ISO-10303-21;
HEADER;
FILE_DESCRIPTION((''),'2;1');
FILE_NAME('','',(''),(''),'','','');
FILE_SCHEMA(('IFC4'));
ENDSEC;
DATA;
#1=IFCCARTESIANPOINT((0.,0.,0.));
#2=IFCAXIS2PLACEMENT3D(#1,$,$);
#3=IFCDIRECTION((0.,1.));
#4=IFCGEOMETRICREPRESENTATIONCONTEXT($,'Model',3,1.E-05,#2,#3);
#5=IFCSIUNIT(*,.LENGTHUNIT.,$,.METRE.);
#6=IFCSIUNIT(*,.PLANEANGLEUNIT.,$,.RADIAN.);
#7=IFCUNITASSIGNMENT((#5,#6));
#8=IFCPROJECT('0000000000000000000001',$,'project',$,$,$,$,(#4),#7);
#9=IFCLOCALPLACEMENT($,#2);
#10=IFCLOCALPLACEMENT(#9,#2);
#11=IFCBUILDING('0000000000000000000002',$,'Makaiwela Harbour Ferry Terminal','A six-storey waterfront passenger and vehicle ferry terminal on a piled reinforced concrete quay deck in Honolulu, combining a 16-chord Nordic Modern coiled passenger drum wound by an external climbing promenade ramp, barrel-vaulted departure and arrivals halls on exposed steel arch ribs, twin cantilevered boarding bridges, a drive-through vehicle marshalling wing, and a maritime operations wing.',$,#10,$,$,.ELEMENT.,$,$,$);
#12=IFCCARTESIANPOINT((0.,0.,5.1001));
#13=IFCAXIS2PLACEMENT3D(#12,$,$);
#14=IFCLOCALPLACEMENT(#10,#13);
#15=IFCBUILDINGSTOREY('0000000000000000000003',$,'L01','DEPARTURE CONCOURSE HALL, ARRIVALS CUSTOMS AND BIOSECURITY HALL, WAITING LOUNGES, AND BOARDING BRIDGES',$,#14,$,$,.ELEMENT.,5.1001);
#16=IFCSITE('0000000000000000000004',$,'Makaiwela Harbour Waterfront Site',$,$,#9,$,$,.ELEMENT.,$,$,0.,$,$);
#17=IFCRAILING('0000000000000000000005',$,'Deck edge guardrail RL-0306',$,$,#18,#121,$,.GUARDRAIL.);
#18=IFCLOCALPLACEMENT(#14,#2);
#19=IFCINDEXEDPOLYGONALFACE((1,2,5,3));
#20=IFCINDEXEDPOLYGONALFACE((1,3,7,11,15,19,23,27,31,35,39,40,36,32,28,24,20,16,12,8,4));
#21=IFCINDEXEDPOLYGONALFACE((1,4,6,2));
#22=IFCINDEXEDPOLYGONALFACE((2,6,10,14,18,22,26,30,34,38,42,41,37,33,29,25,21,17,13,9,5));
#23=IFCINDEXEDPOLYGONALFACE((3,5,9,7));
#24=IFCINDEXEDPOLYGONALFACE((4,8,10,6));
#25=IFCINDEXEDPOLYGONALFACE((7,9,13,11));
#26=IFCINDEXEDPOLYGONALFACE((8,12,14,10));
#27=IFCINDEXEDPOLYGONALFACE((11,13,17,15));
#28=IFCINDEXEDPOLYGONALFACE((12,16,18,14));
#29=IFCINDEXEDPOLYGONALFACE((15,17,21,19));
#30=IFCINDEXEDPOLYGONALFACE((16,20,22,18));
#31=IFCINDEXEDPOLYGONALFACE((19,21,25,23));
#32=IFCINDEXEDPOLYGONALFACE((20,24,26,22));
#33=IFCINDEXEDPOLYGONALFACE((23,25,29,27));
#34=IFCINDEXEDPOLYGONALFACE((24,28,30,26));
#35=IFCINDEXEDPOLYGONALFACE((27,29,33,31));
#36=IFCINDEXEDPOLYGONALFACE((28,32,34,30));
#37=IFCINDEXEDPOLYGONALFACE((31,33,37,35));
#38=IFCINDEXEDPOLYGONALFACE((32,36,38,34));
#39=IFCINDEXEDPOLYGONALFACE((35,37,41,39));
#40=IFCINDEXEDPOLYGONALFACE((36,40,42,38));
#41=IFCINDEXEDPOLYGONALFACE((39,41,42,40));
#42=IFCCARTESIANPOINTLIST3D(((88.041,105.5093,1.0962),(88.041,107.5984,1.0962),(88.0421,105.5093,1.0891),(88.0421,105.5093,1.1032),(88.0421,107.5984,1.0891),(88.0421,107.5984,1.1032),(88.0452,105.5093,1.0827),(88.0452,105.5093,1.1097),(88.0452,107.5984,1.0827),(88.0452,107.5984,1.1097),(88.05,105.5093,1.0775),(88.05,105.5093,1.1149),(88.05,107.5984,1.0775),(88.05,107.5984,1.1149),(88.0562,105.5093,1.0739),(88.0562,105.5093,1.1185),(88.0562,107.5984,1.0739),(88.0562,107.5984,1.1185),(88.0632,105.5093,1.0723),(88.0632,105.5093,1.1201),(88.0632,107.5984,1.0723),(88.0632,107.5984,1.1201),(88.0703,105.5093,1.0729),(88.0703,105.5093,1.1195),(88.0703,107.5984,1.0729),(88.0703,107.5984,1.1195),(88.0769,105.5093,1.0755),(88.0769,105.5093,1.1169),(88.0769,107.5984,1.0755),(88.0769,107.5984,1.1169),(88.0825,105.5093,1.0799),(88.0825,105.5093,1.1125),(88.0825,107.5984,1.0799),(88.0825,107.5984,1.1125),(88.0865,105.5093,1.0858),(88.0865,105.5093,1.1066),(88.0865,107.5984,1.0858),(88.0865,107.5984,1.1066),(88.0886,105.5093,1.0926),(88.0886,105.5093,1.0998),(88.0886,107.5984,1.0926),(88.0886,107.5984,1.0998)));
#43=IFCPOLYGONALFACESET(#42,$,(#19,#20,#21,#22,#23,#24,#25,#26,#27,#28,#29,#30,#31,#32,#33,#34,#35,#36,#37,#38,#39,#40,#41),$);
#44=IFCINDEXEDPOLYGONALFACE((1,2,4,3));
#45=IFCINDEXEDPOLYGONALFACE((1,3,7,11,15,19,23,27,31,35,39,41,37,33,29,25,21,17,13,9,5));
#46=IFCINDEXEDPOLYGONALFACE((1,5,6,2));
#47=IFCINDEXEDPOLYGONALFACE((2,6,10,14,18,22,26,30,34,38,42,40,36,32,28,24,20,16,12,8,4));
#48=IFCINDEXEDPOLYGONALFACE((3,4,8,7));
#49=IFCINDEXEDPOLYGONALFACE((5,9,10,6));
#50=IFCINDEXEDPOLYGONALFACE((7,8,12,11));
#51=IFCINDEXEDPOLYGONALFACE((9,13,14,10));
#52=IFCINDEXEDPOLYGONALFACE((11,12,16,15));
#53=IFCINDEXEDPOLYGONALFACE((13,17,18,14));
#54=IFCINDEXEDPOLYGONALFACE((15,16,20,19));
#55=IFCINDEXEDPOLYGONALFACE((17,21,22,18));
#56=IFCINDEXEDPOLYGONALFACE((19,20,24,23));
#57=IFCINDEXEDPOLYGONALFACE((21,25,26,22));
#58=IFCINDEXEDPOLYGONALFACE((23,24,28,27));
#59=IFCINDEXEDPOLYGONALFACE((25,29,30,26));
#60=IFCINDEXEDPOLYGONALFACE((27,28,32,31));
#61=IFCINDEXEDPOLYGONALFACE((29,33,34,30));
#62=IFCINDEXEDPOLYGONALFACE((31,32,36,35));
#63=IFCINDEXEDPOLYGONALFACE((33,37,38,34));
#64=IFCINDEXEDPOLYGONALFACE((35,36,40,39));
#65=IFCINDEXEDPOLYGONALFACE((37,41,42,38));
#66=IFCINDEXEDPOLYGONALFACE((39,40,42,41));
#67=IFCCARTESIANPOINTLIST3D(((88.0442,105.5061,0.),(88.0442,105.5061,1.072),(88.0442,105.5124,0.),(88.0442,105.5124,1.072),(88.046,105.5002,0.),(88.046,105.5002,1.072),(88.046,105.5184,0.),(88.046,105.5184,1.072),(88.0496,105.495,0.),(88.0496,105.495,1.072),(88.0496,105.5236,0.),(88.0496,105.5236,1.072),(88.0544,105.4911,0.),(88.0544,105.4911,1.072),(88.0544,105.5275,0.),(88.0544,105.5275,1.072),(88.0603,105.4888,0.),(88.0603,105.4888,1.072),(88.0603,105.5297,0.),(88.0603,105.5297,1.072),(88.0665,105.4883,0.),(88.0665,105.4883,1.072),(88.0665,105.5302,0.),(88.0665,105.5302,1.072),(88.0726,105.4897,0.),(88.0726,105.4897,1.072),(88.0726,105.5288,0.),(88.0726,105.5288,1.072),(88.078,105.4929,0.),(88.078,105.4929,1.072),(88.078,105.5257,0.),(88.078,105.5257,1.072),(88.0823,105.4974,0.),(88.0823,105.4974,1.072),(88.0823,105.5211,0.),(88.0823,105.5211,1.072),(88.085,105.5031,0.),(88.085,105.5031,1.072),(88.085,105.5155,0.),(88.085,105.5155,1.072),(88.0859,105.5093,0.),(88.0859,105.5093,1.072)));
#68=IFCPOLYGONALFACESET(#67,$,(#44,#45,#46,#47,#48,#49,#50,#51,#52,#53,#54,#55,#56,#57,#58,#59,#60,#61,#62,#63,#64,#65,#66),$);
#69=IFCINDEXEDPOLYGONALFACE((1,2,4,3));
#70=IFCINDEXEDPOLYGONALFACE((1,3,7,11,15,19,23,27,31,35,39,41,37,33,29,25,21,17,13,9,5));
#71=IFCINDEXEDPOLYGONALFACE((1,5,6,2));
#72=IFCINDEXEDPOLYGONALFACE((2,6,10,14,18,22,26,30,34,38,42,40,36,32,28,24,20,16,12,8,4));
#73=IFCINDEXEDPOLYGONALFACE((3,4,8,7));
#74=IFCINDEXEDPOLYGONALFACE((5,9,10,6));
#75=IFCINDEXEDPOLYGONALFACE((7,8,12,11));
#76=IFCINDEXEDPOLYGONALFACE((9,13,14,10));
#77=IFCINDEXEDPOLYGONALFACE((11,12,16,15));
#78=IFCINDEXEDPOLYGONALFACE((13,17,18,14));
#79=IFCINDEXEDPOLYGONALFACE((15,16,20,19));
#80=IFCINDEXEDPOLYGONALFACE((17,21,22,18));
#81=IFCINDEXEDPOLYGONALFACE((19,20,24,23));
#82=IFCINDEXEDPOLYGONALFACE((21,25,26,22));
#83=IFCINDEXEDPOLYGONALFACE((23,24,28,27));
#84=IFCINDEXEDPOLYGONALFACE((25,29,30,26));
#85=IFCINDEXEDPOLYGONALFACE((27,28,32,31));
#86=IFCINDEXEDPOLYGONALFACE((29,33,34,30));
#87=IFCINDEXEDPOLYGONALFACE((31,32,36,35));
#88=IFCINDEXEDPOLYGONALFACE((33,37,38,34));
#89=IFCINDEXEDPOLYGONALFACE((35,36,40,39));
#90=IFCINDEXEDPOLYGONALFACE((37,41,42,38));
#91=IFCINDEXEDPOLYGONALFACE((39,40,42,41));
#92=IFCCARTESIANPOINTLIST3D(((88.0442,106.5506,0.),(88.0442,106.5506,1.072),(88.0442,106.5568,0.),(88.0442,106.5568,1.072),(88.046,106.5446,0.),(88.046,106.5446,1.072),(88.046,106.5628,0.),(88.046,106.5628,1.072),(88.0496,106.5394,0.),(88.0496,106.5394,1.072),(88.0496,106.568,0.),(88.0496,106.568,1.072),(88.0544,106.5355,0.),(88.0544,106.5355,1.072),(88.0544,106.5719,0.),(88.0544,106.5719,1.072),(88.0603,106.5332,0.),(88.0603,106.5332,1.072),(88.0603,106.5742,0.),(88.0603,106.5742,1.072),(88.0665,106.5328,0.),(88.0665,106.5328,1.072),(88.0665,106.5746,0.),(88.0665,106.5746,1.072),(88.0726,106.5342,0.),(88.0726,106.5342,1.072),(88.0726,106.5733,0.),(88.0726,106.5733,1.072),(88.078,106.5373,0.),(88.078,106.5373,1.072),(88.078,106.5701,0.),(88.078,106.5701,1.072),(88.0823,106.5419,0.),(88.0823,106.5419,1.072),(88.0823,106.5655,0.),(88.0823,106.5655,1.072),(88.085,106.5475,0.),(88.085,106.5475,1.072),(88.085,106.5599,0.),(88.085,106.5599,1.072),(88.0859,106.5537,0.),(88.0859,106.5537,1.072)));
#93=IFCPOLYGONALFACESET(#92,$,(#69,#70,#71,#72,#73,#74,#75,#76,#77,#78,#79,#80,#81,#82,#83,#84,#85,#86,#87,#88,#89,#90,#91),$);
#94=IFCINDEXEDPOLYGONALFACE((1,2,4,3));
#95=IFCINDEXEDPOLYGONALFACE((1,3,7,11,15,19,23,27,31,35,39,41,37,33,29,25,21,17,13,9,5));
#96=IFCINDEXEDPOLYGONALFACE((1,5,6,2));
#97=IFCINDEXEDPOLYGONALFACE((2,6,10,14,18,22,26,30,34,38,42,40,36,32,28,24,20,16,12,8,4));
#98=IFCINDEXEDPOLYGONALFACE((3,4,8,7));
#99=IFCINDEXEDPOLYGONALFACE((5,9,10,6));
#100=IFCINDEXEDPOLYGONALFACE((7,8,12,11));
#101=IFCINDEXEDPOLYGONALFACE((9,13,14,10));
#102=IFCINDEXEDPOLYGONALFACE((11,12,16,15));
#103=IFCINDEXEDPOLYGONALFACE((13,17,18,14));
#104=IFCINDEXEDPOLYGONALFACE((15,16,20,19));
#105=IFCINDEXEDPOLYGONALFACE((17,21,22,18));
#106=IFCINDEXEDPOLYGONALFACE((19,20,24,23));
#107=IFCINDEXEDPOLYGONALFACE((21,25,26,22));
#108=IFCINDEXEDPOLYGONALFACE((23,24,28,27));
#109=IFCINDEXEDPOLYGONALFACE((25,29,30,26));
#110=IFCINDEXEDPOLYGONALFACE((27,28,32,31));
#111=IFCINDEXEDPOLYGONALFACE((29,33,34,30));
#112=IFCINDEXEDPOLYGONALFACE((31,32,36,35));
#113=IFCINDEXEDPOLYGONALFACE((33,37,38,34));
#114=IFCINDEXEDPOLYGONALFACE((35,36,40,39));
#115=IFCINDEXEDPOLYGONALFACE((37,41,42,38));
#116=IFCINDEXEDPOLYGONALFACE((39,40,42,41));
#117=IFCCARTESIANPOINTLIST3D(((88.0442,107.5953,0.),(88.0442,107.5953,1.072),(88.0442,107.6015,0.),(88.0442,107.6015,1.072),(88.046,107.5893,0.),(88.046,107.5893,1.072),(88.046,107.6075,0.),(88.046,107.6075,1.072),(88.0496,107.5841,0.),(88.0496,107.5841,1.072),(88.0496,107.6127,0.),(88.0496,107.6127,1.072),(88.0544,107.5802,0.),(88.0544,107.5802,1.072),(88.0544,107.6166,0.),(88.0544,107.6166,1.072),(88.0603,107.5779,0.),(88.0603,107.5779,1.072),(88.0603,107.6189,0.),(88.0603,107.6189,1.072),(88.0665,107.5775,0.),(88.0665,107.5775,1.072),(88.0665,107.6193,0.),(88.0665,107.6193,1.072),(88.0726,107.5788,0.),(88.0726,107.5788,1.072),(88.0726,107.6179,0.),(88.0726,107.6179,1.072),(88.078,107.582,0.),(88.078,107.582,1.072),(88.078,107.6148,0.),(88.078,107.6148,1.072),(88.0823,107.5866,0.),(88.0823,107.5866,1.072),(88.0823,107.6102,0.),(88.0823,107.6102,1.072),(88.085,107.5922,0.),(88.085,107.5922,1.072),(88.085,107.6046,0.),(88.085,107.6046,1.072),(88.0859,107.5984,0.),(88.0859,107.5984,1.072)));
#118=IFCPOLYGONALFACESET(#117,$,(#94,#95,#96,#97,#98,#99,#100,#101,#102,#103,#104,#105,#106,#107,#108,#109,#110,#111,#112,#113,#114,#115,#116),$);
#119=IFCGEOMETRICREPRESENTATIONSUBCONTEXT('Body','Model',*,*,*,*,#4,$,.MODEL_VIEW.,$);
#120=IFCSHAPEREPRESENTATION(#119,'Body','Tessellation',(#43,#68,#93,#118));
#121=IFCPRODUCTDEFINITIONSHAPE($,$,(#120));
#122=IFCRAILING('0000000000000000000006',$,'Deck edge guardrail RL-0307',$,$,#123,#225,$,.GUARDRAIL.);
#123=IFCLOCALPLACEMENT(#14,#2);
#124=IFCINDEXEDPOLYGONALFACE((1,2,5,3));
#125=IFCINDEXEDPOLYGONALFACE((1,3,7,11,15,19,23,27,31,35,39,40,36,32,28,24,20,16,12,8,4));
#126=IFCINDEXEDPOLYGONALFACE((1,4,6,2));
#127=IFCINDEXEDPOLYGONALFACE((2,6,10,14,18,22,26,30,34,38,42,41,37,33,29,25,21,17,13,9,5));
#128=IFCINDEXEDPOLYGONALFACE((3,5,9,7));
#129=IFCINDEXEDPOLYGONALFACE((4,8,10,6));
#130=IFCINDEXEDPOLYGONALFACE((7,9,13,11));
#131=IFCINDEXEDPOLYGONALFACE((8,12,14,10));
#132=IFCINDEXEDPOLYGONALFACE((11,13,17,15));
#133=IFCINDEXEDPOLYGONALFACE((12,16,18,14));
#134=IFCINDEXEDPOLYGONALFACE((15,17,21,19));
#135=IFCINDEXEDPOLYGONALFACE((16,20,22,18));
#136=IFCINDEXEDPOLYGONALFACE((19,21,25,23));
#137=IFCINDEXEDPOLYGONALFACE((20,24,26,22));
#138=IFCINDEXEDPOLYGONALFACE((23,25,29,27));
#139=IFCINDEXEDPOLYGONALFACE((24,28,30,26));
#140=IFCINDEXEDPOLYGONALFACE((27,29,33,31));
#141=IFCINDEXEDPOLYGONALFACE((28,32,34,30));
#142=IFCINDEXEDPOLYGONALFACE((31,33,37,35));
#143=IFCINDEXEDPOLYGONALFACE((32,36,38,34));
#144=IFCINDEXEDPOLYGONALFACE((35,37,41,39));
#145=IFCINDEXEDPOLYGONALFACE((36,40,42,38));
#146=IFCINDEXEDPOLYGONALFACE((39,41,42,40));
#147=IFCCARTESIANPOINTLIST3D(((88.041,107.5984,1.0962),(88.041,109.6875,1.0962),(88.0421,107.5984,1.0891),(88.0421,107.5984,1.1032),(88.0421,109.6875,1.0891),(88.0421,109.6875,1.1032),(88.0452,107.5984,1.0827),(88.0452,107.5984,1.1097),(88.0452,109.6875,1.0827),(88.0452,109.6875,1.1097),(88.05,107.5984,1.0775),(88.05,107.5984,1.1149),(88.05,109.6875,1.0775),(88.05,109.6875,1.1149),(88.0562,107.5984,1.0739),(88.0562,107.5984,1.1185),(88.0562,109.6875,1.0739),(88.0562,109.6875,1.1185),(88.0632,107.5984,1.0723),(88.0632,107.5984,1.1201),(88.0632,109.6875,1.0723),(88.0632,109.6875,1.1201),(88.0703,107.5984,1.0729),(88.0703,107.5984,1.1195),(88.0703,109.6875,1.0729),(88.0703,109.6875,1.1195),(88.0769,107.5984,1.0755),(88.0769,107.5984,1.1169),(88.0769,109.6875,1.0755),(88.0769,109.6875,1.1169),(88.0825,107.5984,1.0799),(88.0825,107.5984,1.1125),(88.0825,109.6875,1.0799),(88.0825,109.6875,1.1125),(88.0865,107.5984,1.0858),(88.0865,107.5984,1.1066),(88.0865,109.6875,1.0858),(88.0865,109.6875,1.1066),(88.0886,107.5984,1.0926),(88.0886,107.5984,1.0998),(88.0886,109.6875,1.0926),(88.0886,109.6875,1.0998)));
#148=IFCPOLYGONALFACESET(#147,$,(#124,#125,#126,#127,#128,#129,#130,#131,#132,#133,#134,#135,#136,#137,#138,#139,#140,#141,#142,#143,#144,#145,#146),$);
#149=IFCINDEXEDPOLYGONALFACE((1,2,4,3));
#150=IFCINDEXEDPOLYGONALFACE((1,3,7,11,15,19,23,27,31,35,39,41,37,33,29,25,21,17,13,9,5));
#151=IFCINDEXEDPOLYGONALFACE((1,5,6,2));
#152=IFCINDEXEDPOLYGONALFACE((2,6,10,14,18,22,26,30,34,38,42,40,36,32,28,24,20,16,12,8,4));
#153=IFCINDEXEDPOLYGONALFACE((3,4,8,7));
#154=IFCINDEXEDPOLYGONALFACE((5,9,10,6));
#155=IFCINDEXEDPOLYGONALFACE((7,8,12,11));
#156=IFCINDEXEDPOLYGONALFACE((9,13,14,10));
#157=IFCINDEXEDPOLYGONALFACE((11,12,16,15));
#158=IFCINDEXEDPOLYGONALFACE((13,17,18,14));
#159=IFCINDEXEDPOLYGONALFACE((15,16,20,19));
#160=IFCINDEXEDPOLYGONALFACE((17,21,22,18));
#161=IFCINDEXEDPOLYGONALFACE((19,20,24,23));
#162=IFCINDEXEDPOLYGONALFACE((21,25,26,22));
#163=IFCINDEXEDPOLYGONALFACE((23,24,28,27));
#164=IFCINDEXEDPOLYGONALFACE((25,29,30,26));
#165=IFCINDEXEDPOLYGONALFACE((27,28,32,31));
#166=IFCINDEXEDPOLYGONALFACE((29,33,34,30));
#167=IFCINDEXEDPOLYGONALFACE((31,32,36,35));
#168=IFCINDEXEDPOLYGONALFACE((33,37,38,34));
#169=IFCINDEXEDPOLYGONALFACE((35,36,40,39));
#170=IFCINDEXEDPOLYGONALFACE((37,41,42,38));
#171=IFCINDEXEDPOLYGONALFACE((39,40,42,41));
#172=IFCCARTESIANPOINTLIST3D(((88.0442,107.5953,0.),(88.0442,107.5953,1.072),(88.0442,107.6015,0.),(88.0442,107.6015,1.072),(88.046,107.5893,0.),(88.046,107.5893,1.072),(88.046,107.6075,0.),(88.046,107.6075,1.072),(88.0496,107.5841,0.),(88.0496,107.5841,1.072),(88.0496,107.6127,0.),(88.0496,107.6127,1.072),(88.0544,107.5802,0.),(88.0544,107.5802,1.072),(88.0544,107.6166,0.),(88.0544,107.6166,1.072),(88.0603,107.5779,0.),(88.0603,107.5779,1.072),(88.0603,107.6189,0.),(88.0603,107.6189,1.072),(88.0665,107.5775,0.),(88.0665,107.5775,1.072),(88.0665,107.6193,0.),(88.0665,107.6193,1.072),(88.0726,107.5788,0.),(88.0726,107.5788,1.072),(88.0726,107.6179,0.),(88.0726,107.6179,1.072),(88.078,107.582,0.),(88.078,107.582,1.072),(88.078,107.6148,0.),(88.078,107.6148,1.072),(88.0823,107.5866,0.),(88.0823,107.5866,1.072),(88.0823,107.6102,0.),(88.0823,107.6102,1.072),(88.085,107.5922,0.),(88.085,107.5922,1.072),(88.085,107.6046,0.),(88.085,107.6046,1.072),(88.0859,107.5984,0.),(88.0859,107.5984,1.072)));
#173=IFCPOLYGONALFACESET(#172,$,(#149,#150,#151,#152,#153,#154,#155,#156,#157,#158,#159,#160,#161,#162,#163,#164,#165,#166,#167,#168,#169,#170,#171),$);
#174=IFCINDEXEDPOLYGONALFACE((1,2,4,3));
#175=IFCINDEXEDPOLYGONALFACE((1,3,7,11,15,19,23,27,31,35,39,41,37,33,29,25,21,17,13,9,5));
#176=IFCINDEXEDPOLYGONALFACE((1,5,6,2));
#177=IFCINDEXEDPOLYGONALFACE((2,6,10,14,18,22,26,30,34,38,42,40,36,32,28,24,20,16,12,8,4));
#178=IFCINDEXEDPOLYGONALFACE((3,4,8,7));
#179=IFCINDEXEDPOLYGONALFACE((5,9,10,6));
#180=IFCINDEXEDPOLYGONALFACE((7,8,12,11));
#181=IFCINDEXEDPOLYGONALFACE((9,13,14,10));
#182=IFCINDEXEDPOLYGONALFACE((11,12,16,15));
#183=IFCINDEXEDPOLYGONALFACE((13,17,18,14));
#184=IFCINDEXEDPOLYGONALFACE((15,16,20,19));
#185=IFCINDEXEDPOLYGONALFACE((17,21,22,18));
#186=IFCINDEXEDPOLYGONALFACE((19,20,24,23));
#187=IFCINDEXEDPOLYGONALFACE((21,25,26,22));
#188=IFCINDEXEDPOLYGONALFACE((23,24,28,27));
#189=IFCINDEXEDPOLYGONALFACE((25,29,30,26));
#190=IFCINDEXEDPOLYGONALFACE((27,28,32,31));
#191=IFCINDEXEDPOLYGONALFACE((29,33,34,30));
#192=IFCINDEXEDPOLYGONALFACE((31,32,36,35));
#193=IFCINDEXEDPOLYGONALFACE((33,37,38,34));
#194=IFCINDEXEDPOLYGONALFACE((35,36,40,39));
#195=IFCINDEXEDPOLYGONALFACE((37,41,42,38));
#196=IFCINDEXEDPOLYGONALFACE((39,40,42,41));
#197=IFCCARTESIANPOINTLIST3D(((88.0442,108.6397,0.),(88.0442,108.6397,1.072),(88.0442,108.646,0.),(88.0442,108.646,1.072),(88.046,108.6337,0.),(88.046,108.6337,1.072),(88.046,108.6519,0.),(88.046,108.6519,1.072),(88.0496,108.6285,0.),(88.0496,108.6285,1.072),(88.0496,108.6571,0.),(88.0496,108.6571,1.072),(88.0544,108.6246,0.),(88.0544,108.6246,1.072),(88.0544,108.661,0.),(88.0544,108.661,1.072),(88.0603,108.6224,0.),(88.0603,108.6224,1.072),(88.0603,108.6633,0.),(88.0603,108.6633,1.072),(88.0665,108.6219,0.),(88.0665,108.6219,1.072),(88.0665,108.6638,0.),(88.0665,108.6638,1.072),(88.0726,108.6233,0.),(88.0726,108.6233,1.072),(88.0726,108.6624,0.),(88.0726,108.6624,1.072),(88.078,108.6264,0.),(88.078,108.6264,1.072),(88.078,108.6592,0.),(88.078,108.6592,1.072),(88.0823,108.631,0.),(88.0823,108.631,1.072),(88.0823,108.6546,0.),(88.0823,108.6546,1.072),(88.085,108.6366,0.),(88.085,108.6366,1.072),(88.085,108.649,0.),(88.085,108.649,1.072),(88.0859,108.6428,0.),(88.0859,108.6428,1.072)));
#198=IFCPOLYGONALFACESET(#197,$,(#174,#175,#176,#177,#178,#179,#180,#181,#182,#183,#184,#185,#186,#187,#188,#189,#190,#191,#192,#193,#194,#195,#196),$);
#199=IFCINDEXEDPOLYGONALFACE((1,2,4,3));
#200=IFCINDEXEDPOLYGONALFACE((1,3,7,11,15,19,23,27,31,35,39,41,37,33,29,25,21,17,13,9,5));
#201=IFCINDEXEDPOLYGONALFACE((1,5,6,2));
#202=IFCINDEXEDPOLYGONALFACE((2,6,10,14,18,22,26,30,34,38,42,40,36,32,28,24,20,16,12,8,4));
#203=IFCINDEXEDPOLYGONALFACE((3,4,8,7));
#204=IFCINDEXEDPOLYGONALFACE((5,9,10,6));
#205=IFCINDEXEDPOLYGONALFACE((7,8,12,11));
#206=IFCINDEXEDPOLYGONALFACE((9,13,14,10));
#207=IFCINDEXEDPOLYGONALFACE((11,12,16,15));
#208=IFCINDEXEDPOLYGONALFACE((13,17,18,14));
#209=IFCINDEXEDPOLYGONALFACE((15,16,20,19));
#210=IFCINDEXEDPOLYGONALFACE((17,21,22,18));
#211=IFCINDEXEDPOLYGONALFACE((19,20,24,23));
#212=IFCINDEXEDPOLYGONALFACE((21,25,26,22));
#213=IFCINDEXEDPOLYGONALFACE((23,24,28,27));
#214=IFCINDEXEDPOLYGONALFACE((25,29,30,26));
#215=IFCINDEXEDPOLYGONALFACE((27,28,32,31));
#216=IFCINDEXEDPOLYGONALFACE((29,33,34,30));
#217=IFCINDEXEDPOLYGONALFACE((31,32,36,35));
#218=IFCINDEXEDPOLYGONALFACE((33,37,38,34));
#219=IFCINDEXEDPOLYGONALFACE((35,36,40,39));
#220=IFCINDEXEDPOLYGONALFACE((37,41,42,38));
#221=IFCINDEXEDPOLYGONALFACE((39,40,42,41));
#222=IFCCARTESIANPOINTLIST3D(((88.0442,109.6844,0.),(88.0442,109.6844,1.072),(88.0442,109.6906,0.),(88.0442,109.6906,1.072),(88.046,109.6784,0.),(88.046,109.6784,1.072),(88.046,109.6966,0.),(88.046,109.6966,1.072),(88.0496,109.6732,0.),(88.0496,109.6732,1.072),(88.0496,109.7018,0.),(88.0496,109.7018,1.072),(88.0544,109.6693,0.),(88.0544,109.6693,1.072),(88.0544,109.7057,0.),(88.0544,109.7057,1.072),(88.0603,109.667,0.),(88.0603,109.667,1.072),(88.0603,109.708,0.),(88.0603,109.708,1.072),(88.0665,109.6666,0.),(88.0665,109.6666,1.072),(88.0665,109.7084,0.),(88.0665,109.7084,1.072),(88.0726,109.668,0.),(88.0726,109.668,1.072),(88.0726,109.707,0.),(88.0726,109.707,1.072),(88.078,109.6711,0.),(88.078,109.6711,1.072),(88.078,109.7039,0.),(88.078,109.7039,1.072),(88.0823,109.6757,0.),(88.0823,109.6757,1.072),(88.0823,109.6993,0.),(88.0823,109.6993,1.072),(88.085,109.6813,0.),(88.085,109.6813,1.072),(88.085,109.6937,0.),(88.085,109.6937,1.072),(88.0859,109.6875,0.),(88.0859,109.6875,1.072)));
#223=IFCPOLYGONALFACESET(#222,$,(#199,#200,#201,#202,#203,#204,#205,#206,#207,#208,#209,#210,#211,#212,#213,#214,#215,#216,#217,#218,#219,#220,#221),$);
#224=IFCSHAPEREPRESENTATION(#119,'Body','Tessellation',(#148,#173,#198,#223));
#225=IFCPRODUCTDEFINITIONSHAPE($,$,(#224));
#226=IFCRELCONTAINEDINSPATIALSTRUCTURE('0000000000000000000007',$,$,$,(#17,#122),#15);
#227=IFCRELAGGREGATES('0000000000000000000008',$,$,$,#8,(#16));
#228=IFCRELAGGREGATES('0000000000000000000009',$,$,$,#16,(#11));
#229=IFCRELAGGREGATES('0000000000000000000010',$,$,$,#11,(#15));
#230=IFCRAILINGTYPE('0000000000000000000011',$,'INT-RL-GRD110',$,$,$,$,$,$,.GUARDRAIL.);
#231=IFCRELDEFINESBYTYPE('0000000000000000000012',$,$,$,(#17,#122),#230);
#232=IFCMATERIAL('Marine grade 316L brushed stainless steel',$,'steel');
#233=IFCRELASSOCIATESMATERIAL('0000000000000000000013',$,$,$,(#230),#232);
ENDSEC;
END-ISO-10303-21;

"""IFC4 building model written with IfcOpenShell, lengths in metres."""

from ifc_helpers import new_model, si_unit, direction, frame, origin, origin_2d, place, context, subcontext, project, spatial, circle, extrude, material, type_object, element, save


model = new_model("IFC4")

# Units and contexts
model_context = context("Model", 3, precision=1e-05, world=origin(), true_north=direction((0.0, 1.0)))
body_context = subcontext(model_context, "Body", "Model", "MODEL_VIEW")
ifc_project = project(units=[si_unit("LENGTHUNIT", "METRE"), si_unit("PLANEANGLEUNIT", "RADIAN")], contexts=[model_context])

# Site, building, storey
site_placement = place(None, origin())
site = spatial("IfcSite", under=ifc_project, at=site_placement, Name="Makaiwela Harbour Waterfront Site", CompositionType="ELEMENT", RefElevation=0.0)
building_placement = place(site_placement, origin())
building = spatial("IfcBuilding", under=site, at=building_placement, Name="Makaiwela Harbour Ferry Terminal", Description="A six-storey waterfront passenger and vehicle ferry terminal on a piled reinforced concrete quay deck in Honolulu, combining a 16-chord Nordic Modern coiled passenger drum wound by an external climbing promenade ramp, barrel-vaulted departure and arrivals halls on exposed steel arch ribs, twin cantilevered boarding bridges, a drive-through vehicle marshalling wing, and a maritime operations wing.", CompositionType="ELEMENT")
storey_placement = place(building_placement, frame((0.0, 0.0, 5.1001)))
storey = spatial("IfcBuildingStorey", under=building, at=storey_placement, Name="L01", Description="DEPARTURE CONCOURSE HALL, ARRIVALS CUSTOMS AND BIOSECURITY HALL, WAITING LOUNGES, AND BOARDING BRIDGES", CompositionType="ELEMENT", Elevation=5.1001)

# Railings
ifc_material_1 = material(Name="Marine grade 316L brushed stainless steel", Category="steel")
railing_type = type_object("IfcRailingType", Name="INT-RL-GRD110", PredefinedType="GUARDRAIL", material=ifc_material_1)
for number, where, name in (
    (1, (88.0649, 105.5093, 0.0), "Deck edge guardrail RL-0306"),
    (2, (88.0649, 107.5984, 0.0), "Deck edge guardrail RL-0307"),
):
    element("IfcRailing", number, at=place(storey_placement, frame(where)), inside=storey, type_object=railing_type, Name=name, PredefinedType="GUARDRAIL", context=body_context, shape_type="SweptSolid", body=[
        extrude(circle(Radius=0.0239, at=origin_2d()), frame((0.0, 0.0, 1.0962), z_axis=(0.0, 1.0, 0.0), x_axis=(-1.0, 0.0, 0.0)), (0.0, 0.0, 1.0), 2.0891),
        extrude(circle(Radius=0.021, at=origin_2d()), origin(), (0.0, 0.0, 1.0), 1.072),
        extrude(circle(Radius=0.021, at=origin_2d()), frame((0.0, 1.0444, 0.0)), (0.0, 0.0, 1.0), 1.072),
        extrude(circle(Radius=0.021, at=origin_2d()), frame((0.0, 2.0891, 0.0)), (0.0, 0.0, 1.0), 1.072),
    ])

save(model, "model.ifc")
